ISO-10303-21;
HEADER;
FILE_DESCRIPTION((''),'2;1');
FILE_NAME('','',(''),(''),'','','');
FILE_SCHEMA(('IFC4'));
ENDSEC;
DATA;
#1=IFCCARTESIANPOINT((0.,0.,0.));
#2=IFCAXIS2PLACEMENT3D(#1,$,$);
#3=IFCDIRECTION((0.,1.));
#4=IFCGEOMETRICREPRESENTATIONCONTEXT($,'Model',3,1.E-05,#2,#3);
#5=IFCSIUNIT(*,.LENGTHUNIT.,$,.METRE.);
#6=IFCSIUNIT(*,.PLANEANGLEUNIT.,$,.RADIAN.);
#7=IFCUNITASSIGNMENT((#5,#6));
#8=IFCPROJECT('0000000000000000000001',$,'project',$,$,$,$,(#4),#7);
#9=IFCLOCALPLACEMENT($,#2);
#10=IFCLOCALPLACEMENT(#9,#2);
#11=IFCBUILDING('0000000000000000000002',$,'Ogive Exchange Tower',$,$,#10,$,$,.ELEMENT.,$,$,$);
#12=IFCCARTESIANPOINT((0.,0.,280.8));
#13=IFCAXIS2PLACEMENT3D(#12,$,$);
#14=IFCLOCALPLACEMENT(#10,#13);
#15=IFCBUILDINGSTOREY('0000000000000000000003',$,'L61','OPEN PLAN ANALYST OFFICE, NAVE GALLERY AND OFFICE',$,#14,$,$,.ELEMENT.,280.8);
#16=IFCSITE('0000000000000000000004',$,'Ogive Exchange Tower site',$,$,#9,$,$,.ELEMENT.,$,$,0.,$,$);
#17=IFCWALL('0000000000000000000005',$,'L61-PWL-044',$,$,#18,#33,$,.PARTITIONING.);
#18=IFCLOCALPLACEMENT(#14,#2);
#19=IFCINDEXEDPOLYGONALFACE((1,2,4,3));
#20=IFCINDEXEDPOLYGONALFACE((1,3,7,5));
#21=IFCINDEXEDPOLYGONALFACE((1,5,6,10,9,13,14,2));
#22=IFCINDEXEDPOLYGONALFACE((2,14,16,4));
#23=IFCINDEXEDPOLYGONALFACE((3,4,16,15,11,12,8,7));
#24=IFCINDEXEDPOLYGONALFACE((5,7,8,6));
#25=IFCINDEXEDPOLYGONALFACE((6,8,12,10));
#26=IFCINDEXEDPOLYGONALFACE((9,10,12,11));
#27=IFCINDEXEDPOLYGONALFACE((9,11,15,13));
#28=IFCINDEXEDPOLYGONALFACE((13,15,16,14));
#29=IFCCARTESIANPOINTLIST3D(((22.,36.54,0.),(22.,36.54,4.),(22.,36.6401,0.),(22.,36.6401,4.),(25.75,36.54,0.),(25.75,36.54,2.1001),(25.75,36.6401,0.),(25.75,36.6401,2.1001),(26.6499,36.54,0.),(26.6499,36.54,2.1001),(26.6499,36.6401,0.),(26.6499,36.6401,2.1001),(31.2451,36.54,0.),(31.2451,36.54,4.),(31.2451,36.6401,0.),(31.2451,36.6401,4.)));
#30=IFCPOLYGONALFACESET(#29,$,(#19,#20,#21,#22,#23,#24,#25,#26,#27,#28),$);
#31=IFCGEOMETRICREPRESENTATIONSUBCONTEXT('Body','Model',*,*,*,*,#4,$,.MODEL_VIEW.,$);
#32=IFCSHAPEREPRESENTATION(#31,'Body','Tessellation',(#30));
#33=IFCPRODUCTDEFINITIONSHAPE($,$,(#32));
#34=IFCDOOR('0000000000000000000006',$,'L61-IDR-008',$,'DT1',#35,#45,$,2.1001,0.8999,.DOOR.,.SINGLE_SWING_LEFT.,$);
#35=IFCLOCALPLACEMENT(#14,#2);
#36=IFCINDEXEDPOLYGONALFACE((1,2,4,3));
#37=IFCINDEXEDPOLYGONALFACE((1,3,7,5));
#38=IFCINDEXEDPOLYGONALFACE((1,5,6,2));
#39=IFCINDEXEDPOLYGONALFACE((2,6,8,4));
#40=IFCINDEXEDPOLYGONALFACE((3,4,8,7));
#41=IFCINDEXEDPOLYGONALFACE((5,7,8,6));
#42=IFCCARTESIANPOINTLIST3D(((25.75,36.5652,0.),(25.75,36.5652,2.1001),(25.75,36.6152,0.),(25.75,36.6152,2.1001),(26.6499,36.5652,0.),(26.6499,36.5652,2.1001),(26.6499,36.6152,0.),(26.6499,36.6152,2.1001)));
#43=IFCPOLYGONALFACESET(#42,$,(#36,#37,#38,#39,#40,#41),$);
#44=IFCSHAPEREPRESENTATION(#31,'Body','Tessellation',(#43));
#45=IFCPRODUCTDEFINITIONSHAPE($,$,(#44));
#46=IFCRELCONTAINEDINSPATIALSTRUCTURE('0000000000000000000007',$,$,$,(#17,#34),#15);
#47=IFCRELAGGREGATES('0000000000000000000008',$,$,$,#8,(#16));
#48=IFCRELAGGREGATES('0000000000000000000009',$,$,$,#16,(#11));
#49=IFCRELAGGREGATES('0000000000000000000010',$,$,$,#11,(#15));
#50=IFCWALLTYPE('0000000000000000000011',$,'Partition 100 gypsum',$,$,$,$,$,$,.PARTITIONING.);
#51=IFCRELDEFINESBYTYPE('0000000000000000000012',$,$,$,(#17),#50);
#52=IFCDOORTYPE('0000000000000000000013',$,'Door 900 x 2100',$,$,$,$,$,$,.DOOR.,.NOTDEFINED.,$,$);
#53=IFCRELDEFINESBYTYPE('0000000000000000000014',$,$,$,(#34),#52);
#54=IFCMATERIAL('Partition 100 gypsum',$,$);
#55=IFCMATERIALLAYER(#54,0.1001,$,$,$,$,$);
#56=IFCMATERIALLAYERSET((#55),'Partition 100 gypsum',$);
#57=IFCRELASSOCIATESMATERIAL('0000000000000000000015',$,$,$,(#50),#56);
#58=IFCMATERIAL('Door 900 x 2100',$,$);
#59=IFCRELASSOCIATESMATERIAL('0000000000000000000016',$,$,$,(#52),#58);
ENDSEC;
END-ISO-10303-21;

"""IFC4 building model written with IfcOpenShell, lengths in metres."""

from ifc_helpers import new_model, si_unit, direction, frame, frame_2d, origin, place, context, subcontext, project, spatial, rectangle, extrude, material, layer, layer_set, type_object, element, fill, save


model = new_model("IFC4")

# Units and contexts
model_context = context("Model", 3, precision=1e-05, world=origin(), true_north=direction((0.0, 1.0)))
body_context = subcontext(model_context, "Body", "Model", "MODEL_VIEW")
ifc_project = project(units=[si_unit("LENGTHUNIT", "METRE"), si_unit("PLANEANGLEUNIT", "RADIAN")], contexts=[model_context])

# Site, building, storey
site_placement = place(None, origin())
site = spatial("IfcSite", under=ifc_project, at=site_placement, Name="Ogive Exchange Tower site", CompositionType="ELEMENT", RefElevation=0.0)
building_placement = place(site_placement, origin())
building = spatial("IfcBuilding", under=site, at=building_placement, Name="Ogive Exchange Tower", CompositionType="ELEMENT")
storey_placement = place(building_placement, frame((0.0, 0.0, 280.8)))
storey = spatial("IfcBuildingStorey", under=building, at=storey_placement, Name="L61", Description="OPEN PLAN ANALYST OFFICE, NAVE GALLERY AND OFFICE", CompositionType="ELEMENT", Elevation=280.8)

# Shared definitions
ifc_material_1 = material(Name="Partition 100 gypsum")
ifc_layer_1 = layer(ifc_material_1, 0.1001)
ifc_layer_set_1 = layer_set([ifc_layer_1], Name="Partition 100 gypsum")
wall_type_1 = type_object("IfcWallType", Name="Partition 100 gypsum", PredefinedType="PARTITIONING", material=ifc_layer_set_1)

# Wall, opening, door
wall_1_placement = place(storey_placement, frame((22.0, 36.5901, 0.0), z_axis=(0.0, 0.0, 1.0), x_axis=(1.0, 0.0, 0.0)))
wall_1 = element("IfcWall", 1, at=wall_1_placement, inside=storey, type_object=wall_type_1, Name="L61-PWL-044", PredefinedType="PARTITIONING", context=body_context, shape_type="SweptSolid", body=[
    extrude(rectangle(XDim=9.2451, YDim=0.1001, at=frame_2d((4.6226, 0.0))), origin(), (0.0, 0.0, 1.0), 4.0),
])
opening_1_placement = place(wall_1_placement, frame((3.75, 0.0, 0.0)))
opening_1 = element("IfcOpeningElement", 2, at=opening_1_placement, cuts=wall_1, PredefinedType="OPENING", context=body_context, shape_type="SweptSolid", body=[
    extrude(rectangle(XDim=0.8999, YDim=2.1001, at=frame_2d((0.45, 1.05))), frame((0.0, 0.0601, 0.0), z_axis=(0.0, -1.0, 0.0), x_axis=(1.0, 0.0, 0.0)), (0.0, 0.0, 1.0), 0.1201),
])
ifc_material_2 = material(Name="Door 900 x 2100")
door_type_1 = type_object("IfcDoorType", Name="Door 900 x 2100", OperationType="NOTDEFINED", PredefinedType="DOOR", material=ifc_material_2)
door_1_placement = place(opening_1_placement, frame((0.8999, 0.0, 0.0), z_axis=(0.0, 0.0, 1.0), x_axis=(-1.0, 0.0, 0.0)))
door_1 = element("IfcDoor", 3, at=door_1_placement, inside=storey, type_object=door_type_1, Name="L61-IDR-008", ObjectType="DT1", OperationType="SINGLE_SWING_LEFT", OverallHeight=2.1001, OverallWidth=0.8999, PredefinedType="DOOR", context=body_context, shape_type="SweptSolid", body=[
    extrude(rectangle(XDim=0.8999, YDim=2.1001, at=frame_2d((0.45, 1.05))), frame((0.0, 0.0249, 0.0), z_axis=(0.0, -1.0, 0.0), x_axis=(1.0, 0.0, 0.0)), (0.0, 0.0, 1.0), 0.05),
])
fill(opening_1, door_1)

save(model, "model.ifc")
